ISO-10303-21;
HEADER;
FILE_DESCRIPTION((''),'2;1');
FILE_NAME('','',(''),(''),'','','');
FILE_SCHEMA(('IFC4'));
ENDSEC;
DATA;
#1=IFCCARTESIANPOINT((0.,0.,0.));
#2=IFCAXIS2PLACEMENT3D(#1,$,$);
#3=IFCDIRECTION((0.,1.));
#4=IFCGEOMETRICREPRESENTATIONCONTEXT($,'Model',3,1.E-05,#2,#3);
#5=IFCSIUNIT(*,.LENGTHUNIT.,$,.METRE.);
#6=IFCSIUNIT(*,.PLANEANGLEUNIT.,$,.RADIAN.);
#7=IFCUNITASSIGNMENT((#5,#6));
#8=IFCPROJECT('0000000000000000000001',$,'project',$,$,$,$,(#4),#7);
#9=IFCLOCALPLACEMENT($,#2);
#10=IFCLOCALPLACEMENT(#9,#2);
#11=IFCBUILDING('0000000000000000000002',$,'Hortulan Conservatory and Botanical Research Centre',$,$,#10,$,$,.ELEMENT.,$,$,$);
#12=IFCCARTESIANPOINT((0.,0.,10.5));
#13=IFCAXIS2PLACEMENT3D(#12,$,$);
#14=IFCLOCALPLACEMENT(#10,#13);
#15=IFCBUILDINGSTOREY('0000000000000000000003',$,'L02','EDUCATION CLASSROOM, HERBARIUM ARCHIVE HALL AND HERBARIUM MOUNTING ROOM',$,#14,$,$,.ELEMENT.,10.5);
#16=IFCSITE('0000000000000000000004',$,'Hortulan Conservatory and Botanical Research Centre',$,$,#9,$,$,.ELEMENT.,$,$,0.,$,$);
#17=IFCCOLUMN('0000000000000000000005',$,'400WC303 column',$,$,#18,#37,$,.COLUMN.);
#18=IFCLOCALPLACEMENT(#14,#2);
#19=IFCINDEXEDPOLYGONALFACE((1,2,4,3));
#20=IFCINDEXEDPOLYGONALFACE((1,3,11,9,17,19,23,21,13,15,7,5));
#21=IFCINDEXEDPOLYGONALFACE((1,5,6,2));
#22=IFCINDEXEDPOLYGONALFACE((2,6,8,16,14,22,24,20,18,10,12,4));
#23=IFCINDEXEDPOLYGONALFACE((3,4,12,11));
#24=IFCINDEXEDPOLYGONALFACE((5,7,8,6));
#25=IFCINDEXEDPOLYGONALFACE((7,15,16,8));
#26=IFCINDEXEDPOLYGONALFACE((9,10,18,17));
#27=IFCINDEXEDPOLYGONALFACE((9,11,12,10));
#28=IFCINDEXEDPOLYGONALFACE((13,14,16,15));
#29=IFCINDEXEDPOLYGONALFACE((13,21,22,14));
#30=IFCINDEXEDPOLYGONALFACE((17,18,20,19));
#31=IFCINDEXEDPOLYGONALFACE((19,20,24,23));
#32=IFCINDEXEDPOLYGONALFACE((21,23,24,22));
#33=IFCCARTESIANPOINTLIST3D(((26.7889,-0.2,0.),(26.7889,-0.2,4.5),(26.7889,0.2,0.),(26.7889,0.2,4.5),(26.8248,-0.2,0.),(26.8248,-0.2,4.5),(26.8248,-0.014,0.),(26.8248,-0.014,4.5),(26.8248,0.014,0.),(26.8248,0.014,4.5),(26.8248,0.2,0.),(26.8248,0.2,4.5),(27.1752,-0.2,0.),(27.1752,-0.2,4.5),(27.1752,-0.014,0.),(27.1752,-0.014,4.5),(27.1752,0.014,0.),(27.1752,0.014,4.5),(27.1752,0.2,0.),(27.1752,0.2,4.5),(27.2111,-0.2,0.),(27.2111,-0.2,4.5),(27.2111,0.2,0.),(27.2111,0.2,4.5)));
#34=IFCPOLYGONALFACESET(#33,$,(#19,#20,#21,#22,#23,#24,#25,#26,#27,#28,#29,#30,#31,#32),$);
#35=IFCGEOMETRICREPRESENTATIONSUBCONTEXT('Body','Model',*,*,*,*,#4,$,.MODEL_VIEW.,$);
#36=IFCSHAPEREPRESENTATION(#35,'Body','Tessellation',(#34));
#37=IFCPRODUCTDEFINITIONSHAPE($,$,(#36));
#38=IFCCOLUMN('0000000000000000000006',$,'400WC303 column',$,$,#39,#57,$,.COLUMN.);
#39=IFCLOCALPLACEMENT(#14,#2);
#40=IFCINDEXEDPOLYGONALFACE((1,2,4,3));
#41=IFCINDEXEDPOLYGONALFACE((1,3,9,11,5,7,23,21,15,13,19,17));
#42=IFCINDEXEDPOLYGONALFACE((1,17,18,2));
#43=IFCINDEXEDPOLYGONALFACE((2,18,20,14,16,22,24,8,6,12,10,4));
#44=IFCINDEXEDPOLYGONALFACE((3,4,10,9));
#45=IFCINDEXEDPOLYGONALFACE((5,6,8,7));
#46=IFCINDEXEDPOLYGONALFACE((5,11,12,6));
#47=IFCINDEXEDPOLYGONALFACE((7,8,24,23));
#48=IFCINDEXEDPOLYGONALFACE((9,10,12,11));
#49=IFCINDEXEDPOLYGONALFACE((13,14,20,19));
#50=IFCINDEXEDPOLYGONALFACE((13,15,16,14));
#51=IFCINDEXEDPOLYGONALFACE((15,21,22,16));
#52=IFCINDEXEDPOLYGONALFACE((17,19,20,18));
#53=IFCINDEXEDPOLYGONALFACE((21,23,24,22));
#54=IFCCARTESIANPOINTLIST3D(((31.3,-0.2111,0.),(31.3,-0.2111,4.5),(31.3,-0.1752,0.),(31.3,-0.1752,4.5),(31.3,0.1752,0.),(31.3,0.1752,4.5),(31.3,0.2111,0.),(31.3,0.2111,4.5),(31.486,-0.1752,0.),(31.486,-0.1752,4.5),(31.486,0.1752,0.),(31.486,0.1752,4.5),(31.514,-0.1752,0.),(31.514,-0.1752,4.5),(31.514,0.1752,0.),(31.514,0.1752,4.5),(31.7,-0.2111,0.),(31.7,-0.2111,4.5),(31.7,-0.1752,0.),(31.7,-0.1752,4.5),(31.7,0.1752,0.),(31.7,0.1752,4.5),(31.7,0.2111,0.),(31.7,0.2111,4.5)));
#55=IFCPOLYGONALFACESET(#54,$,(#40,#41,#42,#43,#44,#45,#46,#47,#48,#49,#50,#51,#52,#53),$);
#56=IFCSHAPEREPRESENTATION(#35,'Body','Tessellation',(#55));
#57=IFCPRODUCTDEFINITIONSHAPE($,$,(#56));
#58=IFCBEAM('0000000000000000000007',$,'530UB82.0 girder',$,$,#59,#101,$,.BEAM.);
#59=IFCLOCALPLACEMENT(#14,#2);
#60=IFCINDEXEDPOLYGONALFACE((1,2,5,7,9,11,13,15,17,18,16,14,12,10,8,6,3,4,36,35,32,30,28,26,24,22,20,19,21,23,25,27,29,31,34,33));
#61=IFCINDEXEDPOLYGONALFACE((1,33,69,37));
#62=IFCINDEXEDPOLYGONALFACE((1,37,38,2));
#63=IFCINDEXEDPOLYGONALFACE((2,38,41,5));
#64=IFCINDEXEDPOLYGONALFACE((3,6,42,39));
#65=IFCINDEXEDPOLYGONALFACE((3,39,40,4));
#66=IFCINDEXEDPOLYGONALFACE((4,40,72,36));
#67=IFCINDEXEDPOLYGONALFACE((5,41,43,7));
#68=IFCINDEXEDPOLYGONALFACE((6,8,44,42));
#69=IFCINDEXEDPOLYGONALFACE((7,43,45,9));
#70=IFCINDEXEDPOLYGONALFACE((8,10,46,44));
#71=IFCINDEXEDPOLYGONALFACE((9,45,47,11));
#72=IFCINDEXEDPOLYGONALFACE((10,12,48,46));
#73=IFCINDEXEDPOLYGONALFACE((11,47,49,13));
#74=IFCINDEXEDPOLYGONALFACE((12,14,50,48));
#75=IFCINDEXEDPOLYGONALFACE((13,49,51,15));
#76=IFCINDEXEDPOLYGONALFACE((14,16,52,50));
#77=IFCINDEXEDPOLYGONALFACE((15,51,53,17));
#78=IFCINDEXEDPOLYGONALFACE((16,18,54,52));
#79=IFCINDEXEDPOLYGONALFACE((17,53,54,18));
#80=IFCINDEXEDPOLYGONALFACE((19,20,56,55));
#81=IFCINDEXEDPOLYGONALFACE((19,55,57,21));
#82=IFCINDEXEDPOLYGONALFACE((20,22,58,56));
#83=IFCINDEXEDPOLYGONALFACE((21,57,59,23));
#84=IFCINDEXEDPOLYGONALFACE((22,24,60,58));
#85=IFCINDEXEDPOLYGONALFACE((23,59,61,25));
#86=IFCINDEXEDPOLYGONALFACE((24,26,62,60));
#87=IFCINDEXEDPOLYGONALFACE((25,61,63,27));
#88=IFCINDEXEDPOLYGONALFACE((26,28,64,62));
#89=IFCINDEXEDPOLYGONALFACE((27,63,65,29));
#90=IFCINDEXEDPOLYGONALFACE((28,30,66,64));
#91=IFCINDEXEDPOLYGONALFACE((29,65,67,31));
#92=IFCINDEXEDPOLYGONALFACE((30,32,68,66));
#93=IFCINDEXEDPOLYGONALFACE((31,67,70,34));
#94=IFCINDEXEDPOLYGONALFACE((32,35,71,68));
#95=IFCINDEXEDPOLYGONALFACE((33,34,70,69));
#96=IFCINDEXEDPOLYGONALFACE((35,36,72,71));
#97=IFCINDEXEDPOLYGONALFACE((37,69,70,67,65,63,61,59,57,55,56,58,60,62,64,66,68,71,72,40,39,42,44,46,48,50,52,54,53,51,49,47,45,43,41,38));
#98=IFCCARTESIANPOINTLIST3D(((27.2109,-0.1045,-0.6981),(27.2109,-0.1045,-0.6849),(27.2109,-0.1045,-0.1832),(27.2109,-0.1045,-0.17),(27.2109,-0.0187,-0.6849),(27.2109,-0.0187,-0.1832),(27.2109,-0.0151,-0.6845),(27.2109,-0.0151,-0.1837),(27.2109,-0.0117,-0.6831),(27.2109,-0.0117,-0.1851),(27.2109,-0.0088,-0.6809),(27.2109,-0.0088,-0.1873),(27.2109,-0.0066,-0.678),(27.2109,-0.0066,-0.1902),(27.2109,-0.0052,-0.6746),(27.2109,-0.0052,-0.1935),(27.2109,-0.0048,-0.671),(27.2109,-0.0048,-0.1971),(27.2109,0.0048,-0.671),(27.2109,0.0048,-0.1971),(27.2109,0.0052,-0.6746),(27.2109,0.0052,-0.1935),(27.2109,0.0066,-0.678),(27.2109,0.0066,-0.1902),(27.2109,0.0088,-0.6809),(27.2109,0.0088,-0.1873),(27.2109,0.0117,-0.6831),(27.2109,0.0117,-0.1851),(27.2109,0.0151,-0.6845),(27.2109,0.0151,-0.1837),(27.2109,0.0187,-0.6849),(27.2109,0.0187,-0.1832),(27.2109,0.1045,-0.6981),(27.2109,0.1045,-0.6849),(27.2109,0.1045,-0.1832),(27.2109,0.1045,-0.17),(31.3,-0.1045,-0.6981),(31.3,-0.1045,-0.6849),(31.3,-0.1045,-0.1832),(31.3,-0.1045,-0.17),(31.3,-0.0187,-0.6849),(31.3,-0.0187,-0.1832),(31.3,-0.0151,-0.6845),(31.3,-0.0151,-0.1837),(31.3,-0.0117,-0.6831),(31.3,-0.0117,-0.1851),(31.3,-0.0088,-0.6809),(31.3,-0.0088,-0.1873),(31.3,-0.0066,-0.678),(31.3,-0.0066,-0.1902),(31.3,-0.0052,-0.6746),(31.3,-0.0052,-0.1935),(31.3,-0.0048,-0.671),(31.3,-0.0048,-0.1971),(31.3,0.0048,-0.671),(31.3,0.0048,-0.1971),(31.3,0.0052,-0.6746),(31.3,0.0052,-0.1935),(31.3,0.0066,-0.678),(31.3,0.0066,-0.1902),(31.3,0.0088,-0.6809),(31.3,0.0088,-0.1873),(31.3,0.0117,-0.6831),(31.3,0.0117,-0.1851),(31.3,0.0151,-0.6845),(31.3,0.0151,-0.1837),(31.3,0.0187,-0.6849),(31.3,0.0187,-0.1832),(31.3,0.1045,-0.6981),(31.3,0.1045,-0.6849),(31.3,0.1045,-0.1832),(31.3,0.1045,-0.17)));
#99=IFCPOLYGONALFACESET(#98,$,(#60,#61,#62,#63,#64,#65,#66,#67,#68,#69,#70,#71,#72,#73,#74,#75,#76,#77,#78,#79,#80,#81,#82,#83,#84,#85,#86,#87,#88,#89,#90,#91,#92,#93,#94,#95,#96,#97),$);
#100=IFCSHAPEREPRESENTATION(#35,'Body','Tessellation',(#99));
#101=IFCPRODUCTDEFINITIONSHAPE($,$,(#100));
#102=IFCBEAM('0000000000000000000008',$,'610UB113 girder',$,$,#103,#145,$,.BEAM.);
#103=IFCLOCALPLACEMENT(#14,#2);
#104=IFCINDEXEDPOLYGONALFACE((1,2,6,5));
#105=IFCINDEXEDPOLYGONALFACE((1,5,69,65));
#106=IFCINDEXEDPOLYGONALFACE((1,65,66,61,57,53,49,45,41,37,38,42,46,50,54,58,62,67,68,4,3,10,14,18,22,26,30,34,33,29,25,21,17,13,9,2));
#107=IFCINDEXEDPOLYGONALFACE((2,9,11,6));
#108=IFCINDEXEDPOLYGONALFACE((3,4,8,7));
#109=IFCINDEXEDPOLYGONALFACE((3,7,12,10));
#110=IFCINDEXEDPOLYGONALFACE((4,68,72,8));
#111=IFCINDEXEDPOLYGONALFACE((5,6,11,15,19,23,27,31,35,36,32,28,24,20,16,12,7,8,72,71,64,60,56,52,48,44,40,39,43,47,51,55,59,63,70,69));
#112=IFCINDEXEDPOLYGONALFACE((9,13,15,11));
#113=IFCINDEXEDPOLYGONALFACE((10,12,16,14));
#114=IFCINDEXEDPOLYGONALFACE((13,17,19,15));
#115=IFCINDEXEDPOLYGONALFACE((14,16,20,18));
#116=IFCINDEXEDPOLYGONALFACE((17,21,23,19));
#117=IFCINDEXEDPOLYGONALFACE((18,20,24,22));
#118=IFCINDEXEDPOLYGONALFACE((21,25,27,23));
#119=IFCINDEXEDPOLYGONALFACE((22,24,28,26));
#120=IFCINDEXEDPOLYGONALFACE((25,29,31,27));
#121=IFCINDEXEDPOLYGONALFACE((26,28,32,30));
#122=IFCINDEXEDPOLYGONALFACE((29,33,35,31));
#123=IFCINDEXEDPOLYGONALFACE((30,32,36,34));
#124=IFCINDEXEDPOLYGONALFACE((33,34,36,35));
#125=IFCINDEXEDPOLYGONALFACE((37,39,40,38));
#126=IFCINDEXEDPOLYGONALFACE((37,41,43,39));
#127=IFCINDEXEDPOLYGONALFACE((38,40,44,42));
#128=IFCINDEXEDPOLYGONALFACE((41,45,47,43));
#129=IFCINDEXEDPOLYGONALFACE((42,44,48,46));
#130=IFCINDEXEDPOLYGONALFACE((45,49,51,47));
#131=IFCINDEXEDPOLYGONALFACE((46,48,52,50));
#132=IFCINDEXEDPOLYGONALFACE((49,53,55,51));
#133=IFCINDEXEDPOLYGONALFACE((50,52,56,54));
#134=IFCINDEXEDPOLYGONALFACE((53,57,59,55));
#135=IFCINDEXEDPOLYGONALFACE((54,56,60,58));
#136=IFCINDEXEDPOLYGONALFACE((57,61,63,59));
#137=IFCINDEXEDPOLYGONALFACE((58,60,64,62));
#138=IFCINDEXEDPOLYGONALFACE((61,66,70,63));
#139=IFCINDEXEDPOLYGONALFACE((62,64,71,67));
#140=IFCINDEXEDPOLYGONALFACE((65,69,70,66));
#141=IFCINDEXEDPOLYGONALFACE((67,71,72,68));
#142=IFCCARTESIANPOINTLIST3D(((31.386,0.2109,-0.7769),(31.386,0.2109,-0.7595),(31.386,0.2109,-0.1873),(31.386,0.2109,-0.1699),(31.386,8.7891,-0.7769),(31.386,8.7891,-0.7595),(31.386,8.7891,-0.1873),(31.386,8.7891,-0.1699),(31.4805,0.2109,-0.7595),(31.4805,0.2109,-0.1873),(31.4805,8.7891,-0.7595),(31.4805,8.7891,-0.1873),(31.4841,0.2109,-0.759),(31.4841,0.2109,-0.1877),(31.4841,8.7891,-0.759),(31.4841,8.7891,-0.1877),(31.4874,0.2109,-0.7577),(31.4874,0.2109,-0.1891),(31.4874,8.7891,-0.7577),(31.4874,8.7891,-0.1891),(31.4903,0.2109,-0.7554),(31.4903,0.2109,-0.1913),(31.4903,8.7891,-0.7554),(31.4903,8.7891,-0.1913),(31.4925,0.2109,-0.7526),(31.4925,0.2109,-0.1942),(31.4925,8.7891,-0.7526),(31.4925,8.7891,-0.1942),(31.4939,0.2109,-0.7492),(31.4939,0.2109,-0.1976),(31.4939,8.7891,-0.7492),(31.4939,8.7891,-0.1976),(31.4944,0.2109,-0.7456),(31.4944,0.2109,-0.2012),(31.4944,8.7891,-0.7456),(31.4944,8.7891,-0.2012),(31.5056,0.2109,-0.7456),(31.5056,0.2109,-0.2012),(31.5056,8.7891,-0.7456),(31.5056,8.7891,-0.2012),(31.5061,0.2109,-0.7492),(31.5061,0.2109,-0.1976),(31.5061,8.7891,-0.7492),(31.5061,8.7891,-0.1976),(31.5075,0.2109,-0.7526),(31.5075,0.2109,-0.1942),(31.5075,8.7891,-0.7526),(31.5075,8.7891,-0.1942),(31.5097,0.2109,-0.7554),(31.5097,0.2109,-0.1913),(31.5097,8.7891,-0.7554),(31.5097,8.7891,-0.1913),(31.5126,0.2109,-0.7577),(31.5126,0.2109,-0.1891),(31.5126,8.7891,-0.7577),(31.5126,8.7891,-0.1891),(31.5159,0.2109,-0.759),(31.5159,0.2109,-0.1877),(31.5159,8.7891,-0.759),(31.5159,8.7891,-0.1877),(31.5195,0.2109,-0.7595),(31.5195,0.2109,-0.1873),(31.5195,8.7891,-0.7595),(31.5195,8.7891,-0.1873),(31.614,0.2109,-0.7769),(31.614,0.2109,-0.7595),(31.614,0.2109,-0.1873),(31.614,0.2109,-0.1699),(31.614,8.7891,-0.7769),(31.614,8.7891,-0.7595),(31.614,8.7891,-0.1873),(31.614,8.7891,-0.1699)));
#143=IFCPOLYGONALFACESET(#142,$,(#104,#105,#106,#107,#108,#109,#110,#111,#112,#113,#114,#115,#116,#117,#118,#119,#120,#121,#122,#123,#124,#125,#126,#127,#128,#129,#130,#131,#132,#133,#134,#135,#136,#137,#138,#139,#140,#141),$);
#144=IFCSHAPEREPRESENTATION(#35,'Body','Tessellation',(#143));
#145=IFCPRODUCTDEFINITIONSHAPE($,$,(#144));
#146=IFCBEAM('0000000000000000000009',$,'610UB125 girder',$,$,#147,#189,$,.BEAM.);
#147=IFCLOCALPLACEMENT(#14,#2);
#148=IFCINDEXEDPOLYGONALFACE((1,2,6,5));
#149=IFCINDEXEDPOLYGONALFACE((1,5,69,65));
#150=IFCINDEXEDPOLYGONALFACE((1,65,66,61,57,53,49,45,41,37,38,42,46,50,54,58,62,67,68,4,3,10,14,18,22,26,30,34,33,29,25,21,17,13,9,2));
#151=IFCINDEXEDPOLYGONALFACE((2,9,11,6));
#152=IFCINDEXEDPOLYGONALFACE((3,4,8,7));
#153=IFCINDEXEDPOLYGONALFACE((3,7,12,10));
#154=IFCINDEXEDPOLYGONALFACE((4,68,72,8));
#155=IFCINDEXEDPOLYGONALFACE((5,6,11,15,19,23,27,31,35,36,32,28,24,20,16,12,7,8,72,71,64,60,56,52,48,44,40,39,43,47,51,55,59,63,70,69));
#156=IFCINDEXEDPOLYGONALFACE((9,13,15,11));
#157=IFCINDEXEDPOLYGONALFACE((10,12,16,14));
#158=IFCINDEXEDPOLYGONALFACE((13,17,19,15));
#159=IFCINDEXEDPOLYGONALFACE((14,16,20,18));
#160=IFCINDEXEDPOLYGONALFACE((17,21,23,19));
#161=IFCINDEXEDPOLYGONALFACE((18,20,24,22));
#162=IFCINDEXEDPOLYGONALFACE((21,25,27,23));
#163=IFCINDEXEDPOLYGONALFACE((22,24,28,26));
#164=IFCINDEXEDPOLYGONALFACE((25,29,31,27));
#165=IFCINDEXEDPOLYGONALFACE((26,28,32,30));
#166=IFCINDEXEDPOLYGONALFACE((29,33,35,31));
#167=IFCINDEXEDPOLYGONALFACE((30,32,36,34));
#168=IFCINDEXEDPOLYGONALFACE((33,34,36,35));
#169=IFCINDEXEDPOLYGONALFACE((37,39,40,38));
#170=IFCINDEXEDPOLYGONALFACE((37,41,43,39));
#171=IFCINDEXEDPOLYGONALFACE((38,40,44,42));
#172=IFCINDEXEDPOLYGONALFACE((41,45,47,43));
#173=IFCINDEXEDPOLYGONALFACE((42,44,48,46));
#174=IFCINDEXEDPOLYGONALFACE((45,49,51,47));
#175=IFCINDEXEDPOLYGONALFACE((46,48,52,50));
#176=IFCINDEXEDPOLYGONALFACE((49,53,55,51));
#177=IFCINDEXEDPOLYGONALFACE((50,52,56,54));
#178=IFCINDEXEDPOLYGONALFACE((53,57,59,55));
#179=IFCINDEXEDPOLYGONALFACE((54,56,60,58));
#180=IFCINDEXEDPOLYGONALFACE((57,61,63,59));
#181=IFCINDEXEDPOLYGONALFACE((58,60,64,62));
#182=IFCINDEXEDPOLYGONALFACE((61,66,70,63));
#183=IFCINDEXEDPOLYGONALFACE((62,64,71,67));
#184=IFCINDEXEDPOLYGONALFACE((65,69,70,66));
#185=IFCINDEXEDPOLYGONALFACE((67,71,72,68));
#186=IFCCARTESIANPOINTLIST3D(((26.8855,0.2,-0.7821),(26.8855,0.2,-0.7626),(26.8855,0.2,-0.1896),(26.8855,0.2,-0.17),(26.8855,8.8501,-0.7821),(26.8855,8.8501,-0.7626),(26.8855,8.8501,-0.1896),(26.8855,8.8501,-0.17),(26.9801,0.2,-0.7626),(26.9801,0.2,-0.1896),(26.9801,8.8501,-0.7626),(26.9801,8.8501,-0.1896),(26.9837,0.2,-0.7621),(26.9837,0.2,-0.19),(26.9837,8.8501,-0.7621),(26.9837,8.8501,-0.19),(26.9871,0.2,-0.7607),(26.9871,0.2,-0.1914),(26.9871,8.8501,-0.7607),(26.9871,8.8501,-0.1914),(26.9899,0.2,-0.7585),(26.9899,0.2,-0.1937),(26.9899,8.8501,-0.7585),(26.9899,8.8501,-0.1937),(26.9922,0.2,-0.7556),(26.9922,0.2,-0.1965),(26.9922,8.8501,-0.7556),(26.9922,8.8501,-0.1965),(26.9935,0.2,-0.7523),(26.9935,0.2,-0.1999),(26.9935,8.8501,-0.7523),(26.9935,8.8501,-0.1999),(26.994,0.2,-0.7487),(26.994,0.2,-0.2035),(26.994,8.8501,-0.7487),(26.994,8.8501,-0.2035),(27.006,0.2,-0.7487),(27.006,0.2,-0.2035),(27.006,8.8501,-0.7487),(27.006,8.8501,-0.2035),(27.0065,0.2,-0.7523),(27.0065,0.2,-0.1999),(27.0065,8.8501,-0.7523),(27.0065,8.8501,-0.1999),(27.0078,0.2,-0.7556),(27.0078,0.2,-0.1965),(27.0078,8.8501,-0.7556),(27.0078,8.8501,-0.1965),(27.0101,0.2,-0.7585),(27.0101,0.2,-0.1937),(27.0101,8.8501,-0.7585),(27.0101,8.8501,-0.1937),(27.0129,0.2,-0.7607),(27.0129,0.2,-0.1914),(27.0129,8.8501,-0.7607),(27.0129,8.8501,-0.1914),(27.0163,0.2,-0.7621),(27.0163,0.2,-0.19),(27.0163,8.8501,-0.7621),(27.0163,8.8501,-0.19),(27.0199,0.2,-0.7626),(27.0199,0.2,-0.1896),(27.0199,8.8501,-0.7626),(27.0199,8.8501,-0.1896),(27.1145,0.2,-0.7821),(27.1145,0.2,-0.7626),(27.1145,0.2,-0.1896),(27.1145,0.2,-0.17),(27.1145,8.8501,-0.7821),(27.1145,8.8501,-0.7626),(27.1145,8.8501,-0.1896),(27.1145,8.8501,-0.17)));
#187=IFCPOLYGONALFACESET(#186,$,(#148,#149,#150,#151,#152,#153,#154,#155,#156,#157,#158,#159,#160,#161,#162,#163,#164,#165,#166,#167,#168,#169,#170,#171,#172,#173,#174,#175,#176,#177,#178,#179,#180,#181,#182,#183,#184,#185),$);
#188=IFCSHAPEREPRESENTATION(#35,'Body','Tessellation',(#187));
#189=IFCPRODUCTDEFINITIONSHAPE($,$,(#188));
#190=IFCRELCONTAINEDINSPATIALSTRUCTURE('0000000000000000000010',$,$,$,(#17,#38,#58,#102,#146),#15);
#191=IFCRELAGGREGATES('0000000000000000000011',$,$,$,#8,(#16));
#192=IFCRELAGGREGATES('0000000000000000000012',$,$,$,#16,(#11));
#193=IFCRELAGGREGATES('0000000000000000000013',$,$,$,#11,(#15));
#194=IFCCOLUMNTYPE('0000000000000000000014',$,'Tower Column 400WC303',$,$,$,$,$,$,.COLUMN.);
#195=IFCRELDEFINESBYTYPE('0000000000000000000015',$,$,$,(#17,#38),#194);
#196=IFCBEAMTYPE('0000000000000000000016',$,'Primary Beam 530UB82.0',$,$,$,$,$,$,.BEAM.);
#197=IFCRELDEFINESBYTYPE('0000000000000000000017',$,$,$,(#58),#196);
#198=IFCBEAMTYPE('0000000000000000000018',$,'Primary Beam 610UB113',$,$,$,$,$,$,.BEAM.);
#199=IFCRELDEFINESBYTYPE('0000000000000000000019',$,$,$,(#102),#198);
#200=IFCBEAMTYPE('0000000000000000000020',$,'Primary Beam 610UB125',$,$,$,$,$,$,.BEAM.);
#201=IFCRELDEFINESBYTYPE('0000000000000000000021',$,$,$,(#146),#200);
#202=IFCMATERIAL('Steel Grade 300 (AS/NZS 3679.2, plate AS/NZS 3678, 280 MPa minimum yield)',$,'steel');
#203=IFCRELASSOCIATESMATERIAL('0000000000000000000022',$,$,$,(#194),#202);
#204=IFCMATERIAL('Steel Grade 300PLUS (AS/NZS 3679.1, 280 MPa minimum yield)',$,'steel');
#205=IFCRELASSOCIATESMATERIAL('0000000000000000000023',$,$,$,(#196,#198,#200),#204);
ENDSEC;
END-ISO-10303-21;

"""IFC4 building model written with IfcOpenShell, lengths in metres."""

from ifc_helpers import new_model, si_unit, direction, frame, origin, origin_2d, place, context, subcontext, project, spatial, i_section, extrude, material, material_profile, profile_set, type_object, element, save


model = new_model("IFC4")

# Units and contexts
model_context = context("Model", 3, precision=1e-05, world=origin(), true_north=direction((0.0, 1.0)))
body_context = subcontext(model_context, "Body", "Model", "MODEL_VIEW")
ifc_project = project(units=[si_unit("LENGTHUNIT", "METRE"), si_unit("PLANEANGLEUNIT", "RADIAN")], contexts=[model_context])

# Site, building, storey
site_placement = place(None, origin())
site = spatial("IfcSite", under=ifc_project, at=site_placement, Name="Hortulan Conservatory and Botanical Research Centre", CompositionType="ELEMENT", RefElevation=0.0)
building_placement = place(site_placement, origin())
building = spatial("IfcBuilding", under=site, at=building_placement, Name="Hortulan Conservatory and Botanical Research Centre", CompositionType="ELEMENT")
storey_placement = place(building_placement, frame((0.0, 0.0, 10.5)))
storey = spatial("IfcBuildingStorey", under=building, at=storey_placement, Name="L02", Description="EDUCATION CLASSROOM, HERBARIUM ARCHIVE HALL AND HERBARIUM MOUNTING ROOM", CompositionType="ELEMENT", Elevation=10.5)

# Columns
ifc_material_1 = material(Name="Steel Grade 300 (AS/NZS 3679.2, plate AS/NZS 3678, 280 MPa minimum yield)", Category="steel")
ifc_material_profile_1 = material_profile(ifc_material_1, i_section(OverallWidth=0.3999, OverallDepth=0.4221, WebThickness=0.0281, FlangeThickness=0.0359, at=origin_2d()), Name="400WC303")
ifc_profile_set_1 = profile_set([ifc_material_profile_1], Name="Steel Grade 300 (AS/NZS 3679.2, plate AS/NZS 3678, 280 MPa minimum yield)")
column_type = type_object("IfcColumnType", Name="Tower Column 400WC303", PredefinedType="COLUMN", material=ifc_profile_set_1)
for number, where, z_axis, x_axis, name in (
    (1, (27.0, 0.0, 0.0), (0.0, 0.0, 1.0), (0.0, 1.0, 0.0), "400WC303 column"),
    (2, (31.5, 0.0, 0.0), (0.0, 0.0, 1.0), (1.0, 0.0, 0.0), "400WC303 column"),
):
    element("IfcColumn", number, at=place(storey_placement, frame(where, z_axis=z_axis, x_axis=x_axis)), inside=storey, type_object=column_type, Name=name, PredefinedType="COLUMN", context=body_context, shape_type="SweptSolid", body=[
        extrude(i_section(OverallWidth=0.3999, OverallDepth=0.4221, WebThickness=0.0281, FlangeThickness=0.0359, at=origin_2d()), origin(), (0.0, 0.0, 1.0), 4.5),
    ])

# Beams
ifc_material_2 = material(Name="Steel Grade 300PLUS (AS/NZS 3679.1, 280 MPa minimum yield)", Category="steel")
ifc_material_profile_2 = material_profile(ifc_material_2, i_section(OverallWidth=0.209, OverallDepth=0.5281, WebThickness=0.0095, FlangeThickness=0.0132, FilletRadius=0.0139, at=origin_2d()), Name="530UB82.0")
ifc_profile_set_2 = profile_set([ifc_material_profile_2], Name="Steel Grade 300PLUS (AS/NZS 3679.1, 280 MPa minimum yield)")
beam_type_1 = type_object("IfcBeamType", Name="Primary Beam 530UB82.0", PredefinedType="BEAM", material=ifc_profile_set_2)
beam_1_placement = place(storey_placement, frame((27.2109, 0.0, -0.4341), z_axis=(1.0, 0.0, 0.0), x_axis=(0.0, 1.0, 0.0)))
element("IfcBeam", 3, at=beam_1_placement, inside=storey, type_object=beam_type_1, Name="530UB82.0 girder", PredefinedType="BEAM", context=body_context, shape_type="SweptSolid", body=[
    extrude(i_section(OverallWidth=0.209, OverallDepth=0.5281, WebThickness=0.0095, FlangeThickness=0.0132, FilletRadius=0.0139, at=origin_2d()), origin(), (0.0, 0.0, 1.0), 4.0891),
])
ifc_material_profile_3 = material_profile(ifc_material_2, i_section(OverallWidth=0.228, OverallDepth=0.6069, WebThickness=0.0112, FlangeThickness=0.0173, FilletRadius=0.0139, at=origin_2d()), Name="610UB113")
ifc_profile_set_3 = profile_set([ifc_material_profile_3], Name="Steel Grade 300PLUS (AS/NZS 3679.1, 280 MPa minimum yield)")
beam_type_2 = type_object("IfcBeamType", Name="Primary Beam 610UB113", PredefinedType="BEAM", material=ifc_profile_set_3)
beam_2_placement = place(storey_placement, frame((31.5, 0.2109, -0.4734), z_axis=(0.0, 1.0, 0.0), x_axis=(-1.0, 0.0, 0.0)))
element("IfcBeam", 4, at=beam_2_placement, inside=storey, type_object=beam_type_2, Name="610UB113 girder", PredefinedType="BEAM", context=body_context, shape_type="SweptSolid", body=[
    extrude(i_section(OverallWidth=0.228, OverallDepth=0.6069, WebThickness=0.0112, FlangeThickness=0.0173, FilletRadius=0.0139, at=origin_2d()), origin(), (0.0, 0.0, 1.0), 8.5781),
])
ifc_material_profile_4 = material_profile(ifc_material_2, i_section(OverallWidth=0.229, OverallDepth=0.6121, WebThickness=0.012, FlangeThickness=0.0195, FilletRadius=0.0139, at=origin_2d()), Name="610UB125")
ifc_profile_set_4 = profile_set([ifc_material_profile_4], Name="Steel Grade 300PLUS (AS/NZS 3679.1, 280 MPa minimum yield)")
beam_type_3 = type_object("IfcBeamType", Name="Primary Beam 610UB125", PredefinedType="BEAM", material=ifc_profile_set_4)
beam_3_placement = place(storey_placement, frame((27.0, 0.2, -0.4761), z_axis=(0.0, 1.0, 0.0), x_axis=(-1.0, 0.0, 0.0)))
element("IfcBeam", 5, at=beam_3_placement, inside=storey, type_object=beam_type_3, Name="610UB125 girder", PredefinedType="BEAM", context=body_context, shape_type="SweptSolid", body=[
    extrude(i_section(OverallWidth=0.229, OverallDepth=0.6121, WebThickness=0.012, FlangeThickness=0.0195, FilletRadius=0.0139, at=origin_2d()), origin(), (0.0, 0.0, 1.0), 8.6501),
])

save(model, "model.ifc")
